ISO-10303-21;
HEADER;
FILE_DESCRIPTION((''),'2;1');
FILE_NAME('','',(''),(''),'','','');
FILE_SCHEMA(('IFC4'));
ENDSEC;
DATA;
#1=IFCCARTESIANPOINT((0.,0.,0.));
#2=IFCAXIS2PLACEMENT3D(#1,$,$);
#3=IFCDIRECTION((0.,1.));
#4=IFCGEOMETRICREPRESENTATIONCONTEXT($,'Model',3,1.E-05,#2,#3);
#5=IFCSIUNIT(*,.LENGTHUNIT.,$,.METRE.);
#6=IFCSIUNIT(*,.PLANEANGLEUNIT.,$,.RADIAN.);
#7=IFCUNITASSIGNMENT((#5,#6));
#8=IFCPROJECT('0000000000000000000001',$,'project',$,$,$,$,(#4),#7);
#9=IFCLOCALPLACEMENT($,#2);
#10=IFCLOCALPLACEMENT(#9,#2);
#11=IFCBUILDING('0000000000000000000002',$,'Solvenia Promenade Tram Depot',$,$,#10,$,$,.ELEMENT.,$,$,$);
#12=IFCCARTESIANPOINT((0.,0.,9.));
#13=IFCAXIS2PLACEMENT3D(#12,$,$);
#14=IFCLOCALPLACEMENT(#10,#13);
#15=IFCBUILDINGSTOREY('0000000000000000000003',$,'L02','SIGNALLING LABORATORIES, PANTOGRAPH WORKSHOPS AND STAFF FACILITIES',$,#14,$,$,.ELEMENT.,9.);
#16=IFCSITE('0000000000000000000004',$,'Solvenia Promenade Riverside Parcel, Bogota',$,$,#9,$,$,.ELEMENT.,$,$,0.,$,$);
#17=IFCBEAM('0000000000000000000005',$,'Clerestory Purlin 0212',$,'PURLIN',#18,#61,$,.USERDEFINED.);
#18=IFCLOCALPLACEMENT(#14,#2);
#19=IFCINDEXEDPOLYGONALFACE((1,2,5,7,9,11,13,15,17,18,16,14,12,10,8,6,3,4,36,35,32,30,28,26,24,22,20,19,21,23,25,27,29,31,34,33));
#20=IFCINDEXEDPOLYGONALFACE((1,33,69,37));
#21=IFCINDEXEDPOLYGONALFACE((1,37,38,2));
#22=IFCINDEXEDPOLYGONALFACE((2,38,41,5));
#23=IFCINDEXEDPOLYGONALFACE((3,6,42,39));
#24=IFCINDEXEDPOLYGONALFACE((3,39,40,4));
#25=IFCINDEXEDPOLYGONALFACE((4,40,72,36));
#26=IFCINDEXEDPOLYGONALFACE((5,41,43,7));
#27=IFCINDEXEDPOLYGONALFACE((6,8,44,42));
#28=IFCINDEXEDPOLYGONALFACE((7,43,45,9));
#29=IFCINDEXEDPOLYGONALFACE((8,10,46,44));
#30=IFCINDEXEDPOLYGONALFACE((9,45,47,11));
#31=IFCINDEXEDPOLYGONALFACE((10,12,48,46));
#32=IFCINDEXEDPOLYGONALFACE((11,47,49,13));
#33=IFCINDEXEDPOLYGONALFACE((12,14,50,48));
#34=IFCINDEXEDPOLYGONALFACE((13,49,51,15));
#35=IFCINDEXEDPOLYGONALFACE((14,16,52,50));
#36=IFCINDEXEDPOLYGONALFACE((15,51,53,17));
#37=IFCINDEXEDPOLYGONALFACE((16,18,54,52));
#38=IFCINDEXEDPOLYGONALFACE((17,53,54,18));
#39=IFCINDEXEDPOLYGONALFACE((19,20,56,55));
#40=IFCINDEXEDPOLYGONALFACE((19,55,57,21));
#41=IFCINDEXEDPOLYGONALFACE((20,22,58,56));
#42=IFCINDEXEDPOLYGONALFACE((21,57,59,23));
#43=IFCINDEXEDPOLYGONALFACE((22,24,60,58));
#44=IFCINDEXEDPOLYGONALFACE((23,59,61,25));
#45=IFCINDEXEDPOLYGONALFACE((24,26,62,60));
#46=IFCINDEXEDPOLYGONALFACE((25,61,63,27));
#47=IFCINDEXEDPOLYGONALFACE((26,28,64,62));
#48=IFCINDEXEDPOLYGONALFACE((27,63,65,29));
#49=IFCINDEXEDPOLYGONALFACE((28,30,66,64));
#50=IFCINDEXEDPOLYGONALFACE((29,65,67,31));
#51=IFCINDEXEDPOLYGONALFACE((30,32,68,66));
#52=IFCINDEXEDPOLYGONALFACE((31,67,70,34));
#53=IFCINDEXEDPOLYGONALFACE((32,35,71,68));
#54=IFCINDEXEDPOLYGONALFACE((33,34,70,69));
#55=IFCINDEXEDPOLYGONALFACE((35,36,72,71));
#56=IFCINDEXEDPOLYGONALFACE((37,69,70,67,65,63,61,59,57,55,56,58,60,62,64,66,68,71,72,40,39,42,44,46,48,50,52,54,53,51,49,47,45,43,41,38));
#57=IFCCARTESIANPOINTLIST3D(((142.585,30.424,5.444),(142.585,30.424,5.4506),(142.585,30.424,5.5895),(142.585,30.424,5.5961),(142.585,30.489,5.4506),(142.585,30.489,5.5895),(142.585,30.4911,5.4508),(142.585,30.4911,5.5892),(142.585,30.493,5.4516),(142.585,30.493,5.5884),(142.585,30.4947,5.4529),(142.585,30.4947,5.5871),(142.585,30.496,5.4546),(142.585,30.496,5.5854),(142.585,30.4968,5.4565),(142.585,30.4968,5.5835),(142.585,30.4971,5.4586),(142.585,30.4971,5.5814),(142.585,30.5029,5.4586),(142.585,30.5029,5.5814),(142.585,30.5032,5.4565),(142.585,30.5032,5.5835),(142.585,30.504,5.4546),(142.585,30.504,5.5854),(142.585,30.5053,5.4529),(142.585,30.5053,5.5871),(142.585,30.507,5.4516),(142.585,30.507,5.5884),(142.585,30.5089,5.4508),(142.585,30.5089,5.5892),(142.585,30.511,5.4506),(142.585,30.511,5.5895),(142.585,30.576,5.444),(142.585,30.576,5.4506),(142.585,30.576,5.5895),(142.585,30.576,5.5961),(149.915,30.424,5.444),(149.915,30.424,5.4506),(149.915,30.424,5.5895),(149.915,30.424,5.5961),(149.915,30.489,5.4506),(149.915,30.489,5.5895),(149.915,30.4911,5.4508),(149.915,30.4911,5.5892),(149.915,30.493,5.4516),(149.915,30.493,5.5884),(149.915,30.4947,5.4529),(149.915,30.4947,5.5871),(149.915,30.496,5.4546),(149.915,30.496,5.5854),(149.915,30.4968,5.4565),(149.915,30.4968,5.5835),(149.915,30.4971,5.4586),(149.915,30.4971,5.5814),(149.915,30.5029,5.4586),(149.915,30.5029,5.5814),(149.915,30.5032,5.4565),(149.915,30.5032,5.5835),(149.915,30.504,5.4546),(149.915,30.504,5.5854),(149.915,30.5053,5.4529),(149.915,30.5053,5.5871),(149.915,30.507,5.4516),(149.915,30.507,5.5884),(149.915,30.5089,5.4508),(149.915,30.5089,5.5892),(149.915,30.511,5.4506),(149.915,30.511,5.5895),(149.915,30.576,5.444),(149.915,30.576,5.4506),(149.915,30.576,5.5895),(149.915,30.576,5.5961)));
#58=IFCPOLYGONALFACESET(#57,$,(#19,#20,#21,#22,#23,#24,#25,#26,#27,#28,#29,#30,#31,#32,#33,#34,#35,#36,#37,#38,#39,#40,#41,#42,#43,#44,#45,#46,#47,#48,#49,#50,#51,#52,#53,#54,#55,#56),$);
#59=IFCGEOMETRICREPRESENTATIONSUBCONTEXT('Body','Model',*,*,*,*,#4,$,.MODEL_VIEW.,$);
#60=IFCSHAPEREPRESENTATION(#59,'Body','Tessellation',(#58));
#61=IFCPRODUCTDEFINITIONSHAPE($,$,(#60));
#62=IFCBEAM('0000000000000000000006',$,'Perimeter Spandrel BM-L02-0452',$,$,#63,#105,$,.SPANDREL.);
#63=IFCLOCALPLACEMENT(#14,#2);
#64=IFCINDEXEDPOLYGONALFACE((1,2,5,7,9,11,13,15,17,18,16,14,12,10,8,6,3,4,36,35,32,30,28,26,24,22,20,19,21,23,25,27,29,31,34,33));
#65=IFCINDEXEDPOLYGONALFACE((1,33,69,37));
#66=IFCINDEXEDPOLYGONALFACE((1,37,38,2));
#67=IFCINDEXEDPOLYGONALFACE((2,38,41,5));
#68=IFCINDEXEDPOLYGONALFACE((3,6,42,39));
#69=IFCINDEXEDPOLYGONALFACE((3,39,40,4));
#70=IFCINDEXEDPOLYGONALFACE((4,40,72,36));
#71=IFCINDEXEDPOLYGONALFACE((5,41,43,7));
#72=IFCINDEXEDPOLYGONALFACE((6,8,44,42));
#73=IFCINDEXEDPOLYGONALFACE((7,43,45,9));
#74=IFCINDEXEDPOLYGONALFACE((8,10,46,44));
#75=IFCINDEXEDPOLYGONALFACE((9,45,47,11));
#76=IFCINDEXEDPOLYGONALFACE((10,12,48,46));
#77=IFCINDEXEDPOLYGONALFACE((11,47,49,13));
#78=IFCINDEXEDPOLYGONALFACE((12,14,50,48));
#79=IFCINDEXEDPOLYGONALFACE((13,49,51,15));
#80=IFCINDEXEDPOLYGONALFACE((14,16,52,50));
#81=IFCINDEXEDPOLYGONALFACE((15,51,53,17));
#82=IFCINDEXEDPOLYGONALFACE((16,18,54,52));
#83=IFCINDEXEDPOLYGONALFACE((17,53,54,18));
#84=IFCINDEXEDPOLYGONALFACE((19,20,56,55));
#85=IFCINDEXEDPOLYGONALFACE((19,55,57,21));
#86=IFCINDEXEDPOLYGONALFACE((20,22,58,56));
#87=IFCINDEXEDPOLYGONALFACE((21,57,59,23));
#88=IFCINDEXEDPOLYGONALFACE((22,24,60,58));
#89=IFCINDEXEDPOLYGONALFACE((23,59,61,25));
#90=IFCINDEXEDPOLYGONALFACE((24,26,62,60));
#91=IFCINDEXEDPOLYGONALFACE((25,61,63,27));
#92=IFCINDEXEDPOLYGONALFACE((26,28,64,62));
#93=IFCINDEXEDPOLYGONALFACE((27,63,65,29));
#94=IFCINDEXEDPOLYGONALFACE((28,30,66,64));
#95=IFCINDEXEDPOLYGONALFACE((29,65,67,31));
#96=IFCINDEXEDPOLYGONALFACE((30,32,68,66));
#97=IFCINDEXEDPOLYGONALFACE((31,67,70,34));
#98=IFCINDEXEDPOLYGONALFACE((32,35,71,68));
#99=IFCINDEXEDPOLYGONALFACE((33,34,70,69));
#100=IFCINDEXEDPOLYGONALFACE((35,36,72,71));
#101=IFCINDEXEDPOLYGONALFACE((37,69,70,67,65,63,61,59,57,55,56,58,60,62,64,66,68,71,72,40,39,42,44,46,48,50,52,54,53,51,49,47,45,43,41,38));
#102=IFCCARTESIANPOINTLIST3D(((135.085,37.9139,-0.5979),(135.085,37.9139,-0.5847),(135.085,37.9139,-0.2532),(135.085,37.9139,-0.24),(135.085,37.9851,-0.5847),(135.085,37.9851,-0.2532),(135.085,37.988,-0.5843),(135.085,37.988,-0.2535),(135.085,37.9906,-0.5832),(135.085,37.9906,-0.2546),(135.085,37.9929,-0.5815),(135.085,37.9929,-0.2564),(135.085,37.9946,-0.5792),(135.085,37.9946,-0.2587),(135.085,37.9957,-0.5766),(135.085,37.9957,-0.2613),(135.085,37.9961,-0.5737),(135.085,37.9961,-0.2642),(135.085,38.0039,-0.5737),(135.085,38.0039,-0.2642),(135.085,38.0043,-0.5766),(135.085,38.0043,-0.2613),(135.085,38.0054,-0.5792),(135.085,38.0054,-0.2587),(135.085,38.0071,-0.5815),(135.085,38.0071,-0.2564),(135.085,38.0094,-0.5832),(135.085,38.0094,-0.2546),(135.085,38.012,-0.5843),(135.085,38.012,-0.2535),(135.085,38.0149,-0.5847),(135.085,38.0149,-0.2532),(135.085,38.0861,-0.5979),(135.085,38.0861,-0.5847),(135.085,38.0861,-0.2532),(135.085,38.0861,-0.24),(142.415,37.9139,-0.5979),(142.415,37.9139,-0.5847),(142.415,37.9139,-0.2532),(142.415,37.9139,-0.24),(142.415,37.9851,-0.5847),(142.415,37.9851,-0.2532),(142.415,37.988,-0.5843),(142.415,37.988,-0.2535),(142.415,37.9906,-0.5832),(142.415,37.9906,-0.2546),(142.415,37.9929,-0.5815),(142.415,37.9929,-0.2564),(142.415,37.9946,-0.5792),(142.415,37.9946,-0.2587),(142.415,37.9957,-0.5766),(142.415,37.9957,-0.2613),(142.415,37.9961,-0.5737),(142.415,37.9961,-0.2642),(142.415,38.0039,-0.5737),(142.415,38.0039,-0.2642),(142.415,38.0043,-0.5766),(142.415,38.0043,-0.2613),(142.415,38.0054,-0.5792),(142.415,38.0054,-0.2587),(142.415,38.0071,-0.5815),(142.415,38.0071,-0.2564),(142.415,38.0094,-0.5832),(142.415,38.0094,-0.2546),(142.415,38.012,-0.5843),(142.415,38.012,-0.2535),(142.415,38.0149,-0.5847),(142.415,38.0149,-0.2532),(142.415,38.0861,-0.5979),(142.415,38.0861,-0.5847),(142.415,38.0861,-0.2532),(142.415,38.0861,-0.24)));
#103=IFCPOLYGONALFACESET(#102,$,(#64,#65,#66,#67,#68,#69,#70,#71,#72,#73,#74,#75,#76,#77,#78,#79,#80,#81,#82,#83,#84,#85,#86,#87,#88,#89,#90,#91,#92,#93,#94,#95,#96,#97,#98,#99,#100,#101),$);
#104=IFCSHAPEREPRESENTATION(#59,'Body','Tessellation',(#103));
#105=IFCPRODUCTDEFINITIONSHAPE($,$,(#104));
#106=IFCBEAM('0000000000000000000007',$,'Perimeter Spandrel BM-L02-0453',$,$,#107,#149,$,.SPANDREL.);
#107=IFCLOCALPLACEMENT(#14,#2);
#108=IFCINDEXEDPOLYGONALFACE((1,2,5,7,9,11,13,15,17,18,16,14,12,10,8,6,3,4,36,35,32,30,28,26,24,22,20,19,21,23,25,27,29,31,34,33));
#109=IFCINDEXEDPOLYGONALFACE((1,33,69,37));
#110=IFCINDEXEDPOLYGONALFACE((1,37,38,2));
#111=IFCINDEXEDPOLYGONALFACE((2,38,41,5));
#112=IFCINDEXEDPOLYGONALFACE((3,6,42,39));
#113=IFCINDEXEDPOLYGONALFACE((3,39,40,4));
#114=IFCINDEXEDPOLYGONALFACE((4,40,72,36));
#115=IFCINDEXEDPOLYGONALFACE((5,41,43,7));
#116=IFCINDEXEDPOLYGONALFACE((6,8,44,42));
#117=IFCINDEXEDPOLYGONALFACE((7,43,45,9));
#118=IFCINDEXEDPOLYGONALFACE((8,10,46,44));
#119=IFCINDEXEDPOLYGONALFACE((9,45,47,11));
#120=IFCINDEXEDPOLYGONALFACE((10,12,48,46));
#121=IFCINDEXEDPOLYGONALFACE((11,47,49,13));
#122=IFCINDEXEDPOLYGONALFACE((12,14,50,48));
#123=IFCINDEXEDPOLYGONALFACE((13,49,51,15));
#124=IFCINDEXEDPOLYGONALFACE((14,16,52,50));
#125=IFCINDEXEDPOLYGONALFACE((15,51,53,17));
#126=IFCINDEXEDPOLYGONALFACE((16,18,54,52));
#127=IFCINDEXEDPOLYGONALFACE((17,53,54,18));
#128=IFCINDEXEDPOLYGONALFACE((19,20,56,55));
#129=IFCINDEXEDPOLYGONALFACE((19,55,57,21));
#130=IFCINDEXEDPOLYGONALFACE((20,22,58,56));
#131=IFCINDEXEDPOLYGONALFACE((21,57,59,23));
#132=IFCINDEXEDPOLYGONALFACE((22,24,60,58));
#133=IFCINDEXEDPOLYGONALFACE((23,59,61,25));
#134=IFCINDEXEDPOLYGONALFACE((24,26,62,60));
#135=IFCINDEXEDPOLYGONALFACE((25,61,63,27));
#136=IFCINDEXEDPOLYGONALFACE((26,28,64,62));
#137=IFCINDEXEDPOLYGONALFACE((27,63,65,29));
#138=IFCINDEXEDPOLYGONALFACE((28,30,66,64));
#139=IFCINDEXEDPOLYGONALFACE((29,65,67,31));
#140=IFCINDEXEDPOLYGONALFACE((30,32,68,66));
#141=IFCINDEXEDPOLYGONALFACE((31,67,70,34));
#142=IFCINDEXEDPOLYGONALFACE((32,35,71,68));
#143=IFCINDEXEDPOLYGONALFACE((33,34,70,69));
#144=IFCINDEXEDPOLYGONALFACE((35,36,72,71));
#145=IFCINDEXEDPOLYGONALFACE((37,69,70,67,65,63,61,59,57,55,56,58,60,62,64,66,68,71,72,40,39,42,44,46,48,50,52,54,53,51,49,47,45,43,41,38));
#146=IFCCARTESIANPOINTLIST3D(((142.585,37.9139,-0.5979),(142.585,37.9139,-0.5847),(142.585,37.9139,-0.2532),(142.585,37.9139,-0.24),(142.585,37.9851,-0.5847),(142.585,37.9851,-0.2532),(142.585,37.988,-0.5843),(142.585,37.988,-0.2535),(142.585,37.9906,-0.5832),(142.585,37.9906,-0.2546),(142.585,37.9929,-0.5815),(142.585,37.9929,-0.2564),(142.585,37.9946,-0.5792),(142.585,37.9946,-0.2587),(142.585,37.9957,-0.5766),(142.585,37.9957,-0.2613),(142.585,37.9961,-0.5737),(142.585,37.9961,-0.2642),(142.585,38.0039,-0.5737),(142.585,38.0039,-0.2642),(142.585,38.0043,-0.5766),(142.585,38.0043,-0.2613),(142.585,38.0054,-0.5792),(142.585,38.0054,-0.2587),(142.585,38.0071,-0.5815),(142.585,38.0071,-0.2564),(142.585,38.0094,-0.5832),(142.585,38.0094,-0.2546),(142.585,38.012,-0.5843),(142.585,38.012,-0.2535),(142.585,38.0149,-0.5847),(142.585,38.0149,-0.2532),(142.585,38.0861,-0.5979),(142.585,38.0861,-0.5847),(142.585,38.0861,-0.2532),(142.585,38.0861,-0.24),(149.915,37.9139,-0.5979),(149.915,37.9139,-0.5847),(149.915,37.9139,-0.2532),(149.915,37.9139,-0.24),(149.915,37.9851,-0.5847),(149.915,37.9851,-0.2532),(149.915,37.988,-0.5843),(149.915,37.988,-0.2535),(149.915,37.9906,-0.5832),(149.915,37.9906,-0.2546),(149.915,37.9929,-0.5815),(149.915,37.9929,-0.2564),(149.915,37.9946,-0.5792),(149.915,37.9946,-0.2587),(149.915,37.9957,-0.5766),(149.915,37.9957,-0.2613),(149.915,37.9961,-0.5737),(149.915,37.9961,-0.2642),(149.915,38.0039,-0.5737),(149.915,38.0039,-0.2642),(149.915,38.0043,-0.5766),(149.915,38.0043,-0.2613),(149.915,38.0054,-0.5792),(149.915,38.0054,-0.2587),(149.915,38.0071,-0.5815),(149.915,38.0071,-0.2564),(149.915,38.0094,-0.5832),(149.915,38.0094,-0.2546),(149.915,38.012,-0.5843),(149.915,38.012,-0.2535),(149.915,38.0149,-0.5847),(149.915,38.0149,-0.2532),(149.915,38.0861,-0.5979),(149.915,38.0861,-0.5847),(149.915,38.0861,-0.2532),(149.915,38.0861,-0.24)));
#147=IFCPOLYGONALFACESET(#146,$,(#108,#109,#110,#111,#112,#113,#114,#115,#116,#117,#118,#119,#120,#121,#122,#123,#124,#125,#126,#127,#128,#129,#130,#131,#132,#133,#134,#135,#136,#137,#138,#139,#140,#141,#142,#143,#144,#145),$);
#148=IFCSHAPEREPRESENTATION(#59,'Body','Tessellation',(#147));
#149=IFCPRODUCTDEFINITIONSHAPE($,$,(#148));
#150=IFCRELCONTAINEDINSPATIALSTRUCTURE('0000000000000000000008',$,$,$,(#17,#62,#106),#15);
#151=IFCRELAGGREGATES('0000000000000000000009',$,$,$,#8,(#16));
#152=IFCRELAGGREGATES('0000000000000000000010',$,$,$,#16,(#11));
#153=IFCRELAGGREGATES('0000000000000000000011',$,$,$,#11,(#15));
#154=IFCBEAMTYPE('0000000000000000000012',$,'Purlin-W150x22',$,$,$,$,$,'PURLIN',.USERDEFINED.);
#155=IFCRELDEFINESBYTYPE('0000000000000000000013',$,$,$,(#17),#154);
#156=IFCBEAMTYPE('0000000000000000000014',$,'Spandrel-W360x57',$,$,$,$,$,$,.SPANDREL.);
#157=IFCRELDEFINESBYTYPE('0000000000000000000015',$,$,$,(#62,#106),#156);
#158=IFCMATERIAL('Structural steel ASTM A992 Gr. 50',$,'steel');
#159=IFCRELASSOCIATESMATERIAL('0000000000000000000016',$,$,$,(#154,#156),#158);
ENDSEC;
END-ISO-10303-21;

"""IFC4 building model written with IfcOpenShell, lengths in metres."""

from ifc_helpers import new_model, si_unit, direction, frame, origin, origin_2d, place, context, subcontext, project, spatial, i_section, extrude, material, material_profile, profile_set, type_object, element, save


model = new_model("IFC4")

# Units and contexts
model_context = context("Model", 3, precision=1e-05, world=origin(), true_north=direction((0.0, 1.0)))
body_context = subcontext(model_context, "Body", "Model", "MODEL_VIEW")
ifc_project = project(units=[si_unit("LENGTHUNIT", "METRE"), si_unit("PLANEANGLEUNIT", "RADIAN")], contexts=[model_context])

# Site, building, storey
site_placement = place(None, origin())
site = spatial("IfcSite", under=ifc_project, at=site_placement, Name="Solvenia Promenade Riverside Parcel, Bogota", CompositionType="ELEMENT", RefElevation=0.0)
building_placement = place(site_placement, origin())
building = spatial("IfcBuilding", under=site, at=building_placement, Name="Solvenia Promenade Tram Depot", CompositionType="ELEMENT")
storey_placement = place(building_placement, frame((0.0, 0.0, 9.0)))
storey = spatial("IfcBuildingStorey", under=building, at=storey_placement, Name="L02", Description="SIGNALLING LABORATORIES, PANTOGRAPH WORKSHOPS AND STAFF FACILITIES", CompositionType="ELEMENT", Elevation=9.0)

# Shared definitions
ifc_material_1 = material(Name="Structural steel ASTM A992 Gr. 50", Category="steel")

# Beams
ifc_material_profile_1 = material_profile(ifc_material_1, i_section(OverallWidth=0.1521, OverallDepth=0.1521, WebThickness=0.0059, FlangeThickness=0.0066, FilletRadius=0.0081, at=origin_2d()), Name="W150x22", Category="steel")
ifc_profile_set_1 = profile_set([ifc_material_profile_1], Name="Structural steel ASTM A992 Gr. 50")
beam_type_1 = type_object("IfcBeamType", Name="Purlin-W150x22", ElementType="PURLIN", PredefinedType="USERDEFINED", material=ifc_profile_set_1)
for number, where, z_axis, x_axis, name in (
    (1, (142.585, 30.5, 5.52), (1.0, 0.0, 0.0), (0.0, 1.0, 0.0), "Clerestory Purlin 0212"),
):
    element("IfcBeam", number, at=place(storey_placement, frame(where, z_axis=z_axis, x_axis=x_axis)), inside=storey, type_object=beam_type_1, Name=name, ObjectType="PURLIN", PredefinedType="USERDEFINED", context=body_context, shape_type="SweptSolid", body=[
        extrude(i_section(OverallWidth=0.1521, OverallDepth=0.1521, WebThickness=0.0059, FlangeThickness=0.0066, FilletRadius=0.0081, at=origin_2d()), origin(), (0.0, 0.0, 1.0), 7.3301),
    ])
ifc_material_profile_2 = material_profile(ifc_material_1, i_section(OverallWidth=0.1721, OverallDepth=0.3579, WebThickness=0.0078, FlangeThickness=0.0132, FilletRadius=0.011, at=origin_2d()), Name="W360x57", Category="steel")
ifc_profile_set_2 = profile_set([ifc_material_profile_2], Name="Structural steel ASTM A992 Gr. 50")
beam_type_2 = type_object("IfcBeamType", Name="Spandrel-W360x57", PredefinedType="SPANDREL", material=ifc_profile_set_2)
for number, where, z_axis, x_axis, name in (
    (2, (135.085, 38.0, -0.4189), (1.0, 0.0, 0.0), (0.0, 1.0, 0.0), "Perimeter Spandrel BM-L02-0452"),
    (3, (142.585, 38.0, -0.4189), (1.0, 0.0, 0.0), (0.0, 1.0, 0.0), "Perimeter Spandrel BM-L02-0453"),
):
    element("IfcBeam", number, at=place(storey_placement, frame(where, z_axis=z_axis, x_axis=x_axis)), inside=storey, type_object=beam_type_2, Name=name, PredefinedType="SPANDREL", context=body_context, shape_type="SweptSolid", body=[
        extrude(i_section(OverallWidth=0.1721, OverallDepth=0.3579, WebThickness=0.0078, FlangeThickness=0.0132, FilletRadius=0.011, at=origin_2d()), origin(), (0.0, 0.0, 1.0), 7.3301),
    ])

save(model, "model.ifc")
